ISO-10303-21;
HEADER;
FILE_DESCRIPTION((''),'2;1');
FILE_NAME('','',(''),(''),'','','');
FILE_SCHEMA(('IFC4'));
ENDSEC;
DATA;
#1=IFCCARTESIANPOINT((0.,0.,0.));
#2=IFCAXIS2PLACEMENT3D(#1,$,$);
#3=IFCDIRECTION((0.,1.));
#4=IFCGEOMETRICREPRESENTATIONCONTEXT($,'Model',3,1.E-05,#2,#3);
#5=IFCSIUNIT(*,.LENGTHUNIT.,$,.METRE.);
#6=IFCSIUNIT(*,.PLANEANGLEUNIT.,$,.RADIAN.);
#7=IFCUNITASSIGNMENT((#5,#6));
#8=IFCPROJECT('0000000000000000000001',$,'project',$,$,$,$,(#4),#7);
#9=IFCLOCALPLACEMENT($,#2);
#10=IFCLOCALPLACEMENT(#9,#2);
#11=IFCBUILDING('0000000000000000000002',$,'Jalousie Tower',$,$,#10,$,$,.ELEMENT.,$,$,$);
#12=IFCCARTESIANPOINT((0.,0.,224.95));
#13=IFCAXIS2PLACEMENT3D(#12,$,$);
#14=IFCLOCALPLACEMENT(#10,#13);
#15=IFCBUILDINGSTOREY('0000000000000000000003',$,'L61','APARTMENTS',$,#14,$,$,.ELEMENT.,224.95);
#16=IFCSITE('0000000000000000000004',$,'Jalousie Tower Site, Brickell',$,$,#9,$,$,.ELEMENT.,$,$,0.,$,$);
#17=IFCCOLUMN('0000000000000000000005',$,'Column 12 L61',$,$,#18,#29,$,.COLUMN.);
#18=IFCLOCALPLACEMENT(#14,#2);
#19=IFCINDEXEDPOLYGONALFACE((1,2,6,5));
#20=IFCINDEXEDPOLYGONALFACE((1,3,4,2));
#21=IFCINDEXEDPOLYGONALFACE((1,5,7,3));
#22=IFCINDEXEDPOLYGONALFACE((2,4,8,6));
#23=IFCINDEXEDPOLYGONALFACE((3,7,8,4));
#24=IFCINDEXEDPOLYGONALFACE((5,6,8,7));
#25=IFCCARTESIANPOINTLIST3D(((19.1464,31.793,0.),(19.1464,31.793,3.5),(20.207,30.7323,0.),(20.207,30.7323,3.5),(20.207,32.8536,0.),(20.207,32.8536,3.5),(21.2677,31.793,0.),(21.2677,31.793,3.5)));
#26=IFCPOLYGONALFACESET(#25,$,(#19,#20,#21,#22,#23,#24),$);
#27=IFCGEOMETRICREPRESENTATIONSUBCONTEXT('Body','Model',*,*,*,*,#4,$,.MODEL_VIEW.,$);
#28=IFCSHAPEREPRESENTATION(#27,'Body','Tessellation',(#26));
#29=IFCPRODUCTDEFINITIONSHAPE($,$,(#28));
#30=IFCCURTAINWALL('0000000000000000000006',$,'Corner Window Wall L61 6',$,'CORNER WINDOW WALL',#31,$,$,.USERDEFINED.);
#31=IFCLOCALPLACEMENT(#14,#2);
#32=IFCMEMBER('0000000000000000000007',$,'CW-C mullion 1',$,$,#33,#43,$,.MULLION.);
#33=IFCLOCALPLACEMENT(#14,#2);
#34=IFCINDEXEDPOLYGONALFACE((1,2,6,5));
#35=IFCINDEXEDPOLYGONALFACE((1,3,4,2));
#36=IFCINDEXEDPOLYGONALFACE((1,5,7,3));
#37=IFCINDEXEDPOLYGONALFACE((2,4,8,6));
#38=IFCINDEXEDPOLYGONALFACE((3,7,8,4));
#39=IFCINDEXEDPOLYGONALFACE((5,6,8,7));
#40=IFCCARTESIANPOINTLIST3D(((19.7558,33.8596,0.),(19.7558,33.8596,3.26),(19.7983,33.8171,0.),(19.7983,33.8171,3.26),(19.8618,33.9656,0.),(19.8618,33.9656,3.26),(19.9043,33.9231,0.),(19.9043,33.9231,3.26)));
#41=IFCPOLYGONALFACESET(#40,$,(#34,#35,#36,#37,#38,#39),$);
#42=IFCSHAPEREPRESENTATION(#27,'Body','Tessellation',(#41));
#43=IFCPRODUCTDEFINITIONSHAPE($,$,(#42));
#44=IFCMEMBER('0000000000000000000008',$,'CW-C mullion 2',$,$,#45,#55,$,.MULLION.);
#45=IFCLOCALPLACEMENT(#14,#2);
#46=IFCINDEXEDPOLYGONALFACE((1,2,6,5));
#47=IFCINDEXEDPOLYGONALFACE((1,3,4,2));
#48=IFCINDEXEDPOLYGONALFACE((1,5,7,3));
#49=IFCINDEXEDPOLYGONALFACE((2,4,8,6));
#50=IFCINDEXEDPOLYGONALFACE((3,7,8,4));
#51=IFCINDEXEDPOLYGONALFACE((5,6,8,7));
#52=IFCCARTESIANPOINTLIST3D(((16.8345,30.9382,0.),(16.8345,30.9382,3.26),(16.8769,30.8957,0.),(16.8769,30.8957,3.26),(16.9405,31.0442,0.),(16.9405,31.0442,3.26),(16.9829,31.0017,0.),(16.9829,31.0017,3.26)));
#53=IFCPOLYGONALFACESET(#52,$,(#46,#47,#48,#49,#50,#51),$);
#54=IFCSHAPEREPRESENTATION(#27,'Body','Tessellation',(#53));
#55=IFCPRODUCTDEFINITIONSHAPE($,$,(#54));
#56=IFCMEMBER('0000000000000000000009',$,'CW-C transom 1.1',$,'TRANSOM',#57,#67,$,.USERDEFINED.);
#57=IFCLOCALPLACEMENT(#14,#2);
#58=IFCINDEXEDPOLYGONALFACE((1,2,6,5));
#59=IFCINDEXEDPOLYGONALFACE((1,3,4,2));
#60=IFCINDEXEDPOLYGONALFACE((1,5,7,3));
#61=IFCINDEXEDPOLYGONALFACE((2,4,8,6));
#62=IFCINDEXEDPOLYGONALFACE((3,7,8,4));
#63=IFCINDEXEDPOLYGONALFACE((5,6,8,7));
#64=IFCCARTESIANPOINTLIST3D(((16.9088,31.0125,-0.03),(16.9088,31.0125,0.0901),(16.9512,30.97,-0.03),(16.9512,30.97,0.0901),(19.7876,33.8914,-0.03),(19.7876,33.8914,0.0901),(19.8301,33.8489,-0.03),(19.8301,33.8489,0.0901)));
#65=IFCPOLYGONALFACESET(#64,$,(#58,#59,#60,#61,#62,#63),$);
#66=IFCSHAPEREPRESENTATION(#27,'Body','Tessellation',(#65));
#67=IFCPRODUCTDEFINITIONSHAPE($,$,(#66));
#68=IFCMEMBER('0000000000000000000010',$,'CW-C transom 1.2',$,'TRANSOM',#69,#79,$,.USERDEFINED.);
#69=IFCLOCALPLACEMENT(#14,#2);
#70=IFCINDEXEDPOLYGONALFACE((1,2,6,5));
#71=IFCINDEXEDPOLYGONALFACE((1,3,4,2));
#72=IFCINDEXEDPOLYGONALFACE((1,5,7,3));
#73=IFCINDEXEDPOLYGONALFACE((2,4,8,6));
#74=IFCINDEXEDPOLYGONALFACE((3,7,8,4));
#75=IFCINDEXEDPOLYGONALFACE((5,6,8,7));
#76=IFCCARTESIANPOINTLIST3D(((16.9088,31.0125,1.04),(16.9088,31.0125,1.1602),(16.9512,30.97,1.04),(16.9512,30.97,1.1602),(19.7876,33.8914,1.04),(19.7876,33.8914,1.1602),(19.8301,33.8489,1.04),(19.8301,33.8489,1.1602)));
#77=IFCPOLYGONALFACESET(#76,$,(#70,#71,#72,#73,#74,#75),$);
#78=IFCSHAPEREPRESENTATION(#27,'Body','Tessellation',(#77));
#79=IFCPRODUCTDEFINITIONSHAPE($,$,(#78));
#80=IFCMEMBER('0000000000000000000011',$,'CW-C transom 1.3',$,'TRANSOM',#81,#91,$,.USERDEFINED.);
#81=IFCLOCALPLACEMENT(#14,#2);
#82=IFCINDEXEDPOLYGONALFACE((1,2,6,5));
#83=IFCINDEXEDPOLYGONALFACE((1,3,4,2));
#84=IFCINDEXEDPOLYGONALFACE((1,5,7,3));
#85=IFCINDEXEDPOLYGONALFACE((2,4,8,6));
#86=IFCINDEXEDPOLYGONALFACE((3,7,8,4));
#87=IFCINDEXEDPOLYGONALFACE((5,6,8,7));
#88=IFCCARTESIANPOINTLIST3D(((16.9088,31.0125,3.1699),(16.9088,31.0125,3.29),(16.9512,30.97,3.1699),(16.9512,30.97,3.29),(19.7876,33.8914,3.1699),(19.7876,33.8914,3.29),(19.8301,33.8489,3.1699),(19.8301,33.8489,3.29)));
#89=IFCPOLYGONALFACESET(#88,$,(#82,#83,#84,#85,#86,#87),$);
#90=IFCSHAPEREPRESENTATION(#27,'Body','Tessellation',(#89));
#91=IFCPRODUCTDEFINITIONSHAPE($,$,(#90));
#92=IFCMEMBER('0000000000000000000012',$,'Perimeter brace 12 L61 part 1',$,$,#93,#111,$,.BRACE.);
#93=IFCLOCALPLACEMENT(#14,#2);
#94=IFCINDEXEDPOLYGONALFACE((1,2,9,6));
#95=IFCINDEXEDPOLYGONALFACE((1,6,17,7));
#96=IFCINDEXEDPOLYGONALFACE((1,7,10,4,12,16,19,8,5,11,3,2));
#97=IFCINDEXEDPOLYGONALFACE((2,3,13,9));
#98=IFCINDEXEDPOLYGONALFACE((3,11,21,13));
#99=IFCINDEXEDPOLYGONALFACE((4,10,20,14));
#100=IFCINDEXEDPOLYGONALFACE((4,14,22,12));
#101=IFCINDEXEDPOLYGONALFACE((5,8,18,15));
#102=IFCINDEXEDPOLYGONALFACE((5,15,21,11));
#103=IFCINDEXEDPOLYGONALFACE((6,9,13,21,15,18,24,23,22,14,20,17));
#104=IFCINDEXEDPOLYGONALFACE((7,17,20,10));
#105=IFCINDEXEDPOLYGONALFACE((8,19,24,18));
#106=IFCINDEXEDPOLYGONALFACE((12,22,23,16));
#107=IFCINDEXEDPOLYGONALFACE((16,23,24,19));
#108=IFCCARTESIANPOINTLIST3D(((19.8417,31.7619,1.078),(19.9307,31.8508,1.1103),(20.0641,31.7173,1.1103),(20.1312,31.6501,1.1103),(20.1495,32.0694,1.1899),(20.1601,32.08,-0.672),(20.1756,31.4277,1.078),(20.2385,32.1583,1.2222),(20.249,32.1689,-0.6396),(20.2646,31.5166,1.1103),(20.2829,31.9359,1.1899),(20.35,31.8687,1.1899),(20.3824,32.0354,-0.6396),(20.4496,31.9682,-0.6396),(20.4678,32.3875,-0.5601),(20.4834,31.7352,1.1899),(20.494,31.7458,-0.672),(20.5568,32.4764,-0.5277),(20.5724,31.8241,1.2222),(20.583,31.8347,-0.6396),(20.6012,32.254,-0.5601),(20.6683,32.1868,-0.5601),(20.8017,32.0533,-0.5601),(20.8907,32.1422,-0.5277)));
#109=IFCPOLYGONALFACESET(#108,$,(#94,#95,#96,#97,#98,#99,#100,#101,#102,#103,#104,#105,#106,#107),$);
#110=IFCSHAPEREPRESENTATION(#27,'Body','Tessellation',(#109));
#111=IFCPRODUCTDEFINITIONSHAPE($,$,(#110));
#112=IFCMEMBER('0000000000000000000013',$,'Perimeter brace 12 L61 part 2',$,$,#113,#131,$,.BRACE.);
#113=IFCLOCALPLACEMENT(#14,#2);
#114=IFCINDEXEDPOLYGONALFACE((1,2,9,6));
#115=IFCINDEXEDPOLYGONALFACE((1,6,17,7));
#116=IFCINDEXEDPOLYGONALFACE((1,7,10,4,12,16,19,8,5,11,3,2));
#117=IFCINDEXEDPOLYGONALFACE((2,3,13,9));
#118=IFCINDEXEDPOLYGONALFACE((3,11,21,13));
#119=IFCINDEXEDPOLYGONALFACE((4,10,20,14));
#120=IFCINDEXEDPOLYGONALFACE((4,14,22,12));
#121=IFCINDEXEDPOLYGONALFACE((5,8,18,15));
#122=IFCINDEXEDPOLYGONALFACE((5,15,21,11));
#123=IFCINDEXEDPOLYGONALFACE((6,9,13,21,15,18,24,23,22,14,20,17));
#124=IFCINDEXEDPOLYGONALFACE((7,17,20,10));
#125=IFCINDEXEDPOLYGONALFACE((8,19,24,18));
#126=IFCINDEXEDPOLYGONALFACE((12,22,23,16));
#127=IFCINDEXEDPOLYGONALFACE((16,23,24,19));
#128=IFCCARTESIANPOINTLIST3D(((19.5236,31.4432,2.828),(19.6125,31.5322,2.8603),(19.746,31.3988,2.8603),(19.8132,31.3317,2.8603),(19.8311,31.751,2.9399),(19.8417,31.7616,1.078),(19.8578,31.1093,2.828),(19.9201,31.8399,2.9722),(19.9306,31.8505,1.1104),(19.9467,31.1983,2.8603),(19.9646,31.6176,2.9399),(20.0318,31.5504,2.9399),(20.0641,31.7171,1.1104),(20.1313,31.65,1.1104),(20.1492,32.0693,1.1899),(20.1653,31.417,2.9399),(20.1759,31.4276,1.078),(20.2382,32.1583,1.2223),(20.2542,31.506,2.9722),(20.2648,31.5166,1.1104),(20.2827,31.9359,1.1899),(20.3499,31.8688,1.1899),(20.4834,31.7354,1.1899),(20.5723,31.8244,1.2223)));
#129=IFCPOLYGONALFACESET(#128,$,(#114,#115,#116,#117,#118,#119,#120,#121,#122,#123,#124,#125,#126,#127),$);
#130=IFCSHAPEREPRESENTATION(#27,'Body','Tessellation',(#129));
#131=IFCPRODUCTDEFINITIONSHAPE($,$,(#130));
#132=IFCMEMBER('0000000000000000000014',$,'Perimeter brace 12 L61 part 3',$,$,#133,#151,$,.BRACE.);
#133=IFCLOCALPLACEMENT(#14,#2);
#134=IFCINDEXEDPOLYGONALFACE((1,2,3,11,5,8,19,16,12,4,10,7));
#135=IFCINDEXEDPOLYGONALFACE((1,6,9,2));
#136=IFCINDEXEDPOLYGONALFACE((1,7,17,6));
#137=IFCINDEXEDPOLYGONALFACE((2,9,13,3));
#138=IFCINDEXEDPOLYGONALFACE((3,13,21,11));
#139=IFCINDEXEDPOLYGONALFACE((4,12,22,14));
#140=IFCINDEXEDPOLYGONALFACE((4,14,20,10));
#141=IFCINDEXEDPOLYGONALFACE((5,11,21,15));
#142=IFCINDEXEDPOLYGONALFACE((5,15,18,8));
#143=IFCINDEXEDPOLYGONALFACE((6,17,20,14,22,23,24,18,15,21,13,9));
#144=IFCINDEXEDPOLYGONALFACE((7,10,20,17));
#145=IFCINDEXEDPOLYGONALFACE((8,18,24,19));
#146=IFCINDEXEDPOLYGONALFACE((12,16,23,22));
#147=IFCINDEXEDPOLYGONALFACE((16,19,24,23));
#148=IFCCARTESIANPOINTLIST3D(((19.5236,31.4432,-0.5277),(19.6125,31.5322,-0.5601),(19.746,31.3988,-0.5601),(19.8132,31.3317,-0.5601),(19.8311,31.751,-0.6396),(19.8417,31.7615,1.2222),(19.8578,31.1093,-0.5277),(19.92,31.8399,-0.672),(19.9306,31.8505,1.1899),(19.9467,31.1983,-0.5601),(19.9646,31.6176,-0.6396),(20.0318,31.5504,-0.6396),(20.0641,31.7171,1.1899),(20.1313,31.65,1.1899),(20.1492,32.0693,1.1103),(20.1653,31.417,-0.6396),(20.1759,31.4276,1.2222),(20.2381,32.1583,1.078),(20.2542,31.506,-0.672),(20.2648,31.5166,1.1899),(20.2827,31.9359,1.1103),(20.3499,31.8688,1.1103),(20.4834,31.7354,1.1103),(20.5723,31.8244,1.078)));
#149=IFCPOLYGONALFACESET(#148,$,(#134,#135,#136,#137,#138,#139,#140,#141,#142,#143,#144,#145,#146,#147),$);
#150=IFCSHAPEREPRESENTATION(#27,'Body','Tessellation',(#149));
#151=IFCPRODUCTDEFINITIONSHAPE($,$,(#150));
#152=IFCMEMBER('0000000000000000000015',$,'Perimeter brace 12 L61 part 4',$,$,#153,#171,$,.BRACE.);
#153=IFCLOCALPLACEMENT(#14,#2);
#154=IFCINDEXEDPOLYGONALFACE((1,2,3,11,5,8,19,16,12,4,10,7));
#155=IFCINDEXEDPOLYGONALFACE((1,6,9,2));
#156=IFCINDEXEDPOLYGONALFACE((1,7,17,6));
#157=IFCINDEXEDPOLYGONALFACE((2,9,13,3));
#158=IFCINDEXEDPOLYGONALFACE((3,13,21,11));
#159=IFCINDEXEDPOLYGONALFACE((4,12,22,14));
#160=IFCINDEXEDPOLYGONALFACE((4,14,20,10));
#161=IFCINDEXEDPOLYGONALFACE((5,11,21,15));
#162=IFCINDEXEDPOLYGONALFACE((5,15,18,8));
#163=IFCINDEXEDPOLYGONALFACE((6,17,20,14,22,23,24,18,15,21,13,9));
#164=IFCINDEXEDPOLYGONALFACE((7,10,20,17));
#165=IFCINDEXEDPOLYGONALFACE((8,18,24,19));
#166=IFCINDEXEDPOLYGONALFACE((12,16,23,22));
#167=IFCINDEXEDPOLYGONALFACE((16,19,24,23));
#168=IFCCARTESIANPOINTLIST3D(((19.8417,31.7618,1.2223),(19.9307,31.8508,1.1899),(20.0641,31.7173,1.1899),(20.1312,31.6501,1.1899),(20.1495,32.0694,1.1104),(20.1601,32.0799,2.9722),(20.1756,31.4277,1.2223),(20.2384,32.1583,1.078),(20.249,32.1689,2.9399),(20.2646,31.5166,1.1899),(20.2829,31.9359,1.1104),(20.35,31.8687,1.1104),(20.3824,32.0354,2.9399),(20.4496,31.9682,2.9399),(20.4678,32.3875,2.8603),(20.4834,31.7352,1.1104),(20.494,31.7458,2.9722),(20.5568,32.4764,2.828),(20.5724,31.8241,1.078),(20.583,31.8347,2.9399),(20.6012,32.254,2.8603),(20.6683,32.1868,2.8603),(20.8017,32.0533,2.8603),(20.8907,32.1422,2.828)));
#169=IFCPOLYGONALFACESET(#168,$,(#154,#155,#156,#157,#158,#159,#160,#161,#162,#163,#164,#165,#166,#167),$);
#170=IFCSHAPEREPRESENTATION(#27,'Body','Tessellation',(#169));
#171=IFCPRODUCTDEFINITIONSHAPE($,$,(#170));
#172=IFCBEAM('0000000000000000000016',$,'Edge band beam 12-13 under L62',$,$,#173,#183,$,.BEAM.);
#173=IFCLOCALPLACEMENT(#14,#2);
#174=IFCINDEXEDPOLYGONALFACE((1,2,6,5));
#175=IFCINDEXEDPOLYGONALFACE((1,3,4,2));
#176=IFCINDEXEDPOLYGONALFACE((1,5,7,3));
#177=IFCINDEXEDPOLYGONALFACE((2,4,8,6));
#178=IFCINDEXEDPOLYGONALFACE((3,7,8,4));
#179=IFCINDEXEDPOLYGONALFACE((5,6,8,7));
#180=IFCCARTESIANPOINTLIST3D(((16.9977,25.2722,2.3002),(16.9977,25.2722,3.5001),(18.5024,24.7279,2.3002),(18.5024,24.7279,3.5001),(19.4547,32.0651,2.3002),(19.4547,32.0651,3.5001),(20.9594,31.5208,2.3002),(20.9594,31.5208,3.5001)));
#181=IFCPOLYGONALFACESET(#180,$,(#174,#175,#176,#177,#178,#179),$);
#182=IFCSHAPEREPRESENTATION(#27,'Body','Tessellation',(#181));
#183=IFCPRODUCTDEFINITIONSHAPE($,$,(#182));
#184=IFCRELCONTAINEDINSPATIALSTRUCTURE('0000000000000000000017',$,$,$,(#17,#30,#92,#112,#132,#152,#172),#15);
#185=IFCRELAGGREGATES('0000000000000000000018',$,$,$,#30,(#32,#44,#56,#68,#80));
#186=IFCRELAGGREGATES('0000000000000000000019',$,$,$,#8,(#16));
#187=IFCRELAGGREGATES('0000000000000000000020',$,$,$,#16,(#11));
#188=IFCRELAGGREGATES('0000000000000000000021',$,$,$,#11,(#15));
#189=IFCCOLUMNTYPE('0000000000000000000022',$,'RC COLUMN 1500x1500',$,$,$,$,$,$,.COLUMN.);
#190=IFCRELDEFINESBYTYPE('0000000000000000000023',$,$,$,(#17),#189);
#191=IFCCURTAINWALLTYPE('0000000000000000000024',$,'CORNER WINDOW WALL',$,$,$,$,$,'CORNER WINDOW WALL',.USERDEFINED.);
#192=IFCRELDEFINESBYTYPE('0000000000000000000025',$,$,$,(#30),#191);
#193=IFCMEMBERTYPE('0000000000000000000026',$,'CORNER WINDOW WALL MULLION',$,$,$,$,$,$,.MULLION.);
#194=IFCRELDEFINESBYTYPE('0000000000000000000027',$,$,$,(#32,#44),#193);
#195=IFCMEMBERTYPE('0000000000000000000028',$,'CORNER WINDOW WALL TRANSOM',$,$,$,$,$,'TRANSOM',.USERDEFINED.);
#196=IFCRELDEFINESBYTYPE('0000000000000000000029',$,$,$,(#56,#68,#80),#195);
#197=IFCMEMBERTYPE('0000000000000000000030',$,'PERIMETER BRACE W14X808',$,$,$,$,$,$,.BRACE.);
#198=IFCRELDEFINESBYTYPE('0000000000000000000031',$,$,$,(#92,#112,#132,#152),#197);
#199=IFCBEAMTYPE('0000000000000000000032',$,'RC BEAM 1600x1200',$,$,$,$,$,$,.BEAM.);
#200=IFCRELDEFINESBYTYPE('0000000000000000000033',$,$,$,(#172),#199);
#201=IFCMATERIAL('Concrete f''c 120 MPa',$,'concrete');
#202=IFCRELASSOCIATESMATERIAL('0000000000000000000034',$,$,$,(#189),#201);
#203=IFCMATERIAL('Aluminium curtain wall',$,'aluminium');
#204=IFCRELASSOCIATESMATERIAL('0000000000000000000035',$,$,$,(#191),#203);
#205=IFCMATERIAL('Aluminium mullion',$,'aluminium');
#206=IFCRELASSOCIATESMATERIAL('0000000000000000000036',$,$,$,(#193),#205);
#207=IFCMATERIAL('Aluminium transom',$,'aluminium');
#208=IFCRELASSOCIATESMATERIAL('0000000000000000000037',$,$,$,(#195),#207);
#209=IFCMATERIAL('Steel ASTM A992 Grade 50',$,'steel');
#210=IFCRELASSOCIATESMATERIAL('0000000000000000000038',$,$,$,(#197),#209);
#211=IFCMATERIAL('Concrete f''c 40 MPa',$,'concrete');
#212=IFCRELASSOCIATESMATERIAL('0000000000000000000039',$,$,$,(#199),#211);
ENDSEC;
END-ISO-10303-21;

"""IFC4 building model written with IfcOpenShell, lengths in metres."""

from ifc_helpers import new_model, si_unit, direction, frame, origin, origin_2d, place, context, subcontext, project, spatial, rectangle, i_section, extrude, material, material_profile, profile_set, type_object, element, aggregate, save


model = new_model("IFC4")

# Units and contexts
model_context = context("Model", 3, precision=1e-05, world=origin(), true_north=direction((0.0, 1.0)))
body_context = subcontext(model_context, "Body", "Model", "MODEL_VIEW")
ifc_project = project(units=[si_unit("LENGTHUNIT", "METRE"), si_unit("PLANEANGLEUNIT", "RADIAN")], contexts=[model_context])

# Site, building, storey
site_placement = place(None, origin())
site = spatial("IfcSite", under=ifc_project, at=site_placement, Name="Jalousie Tower Site, Brickell", CompositionType="ELEMENT", RefElevation=0.0)
building_placement = place(site_placement, origin())
building = spatial("IfcBuilding", under=site, at=building_placement, Name="Jalousie Tower", CompositionType="ELEMENT")
storey_placement = place(building_placement, frame((0.0, 0.0, 224.95)))
storey = spatial("IfcBuildingStorey", under=building, at=storey_placement, Name="L61", Description="APARTMENTS", CompositionType="ELEMENT", Elevation=224.95)

# Column
ifc_material_1 = material(Name="Concrete f'c 120 MPa", Category="concrete")
ifc_material_profile_1 = material_profile(ifc_material_1, rectangle(XDim=1.5, YDim=1.5, at=origin_2d()), Name="RC 1500x1500")
ifc_profile_set_1 = profile_set([ifc_material_profile_1], Name="Concrete f'c 120 MPa")
column_type = type_object("IfcColumnType", Name="RC COLUMN 1500x1500", PredefinedType="COLUMN", material=ifc_profile_set_1)
column_placement = place(storey_placement, frame((20.207, 31.793, 0.0), z_axis=(0.0, 0.0, 1.0), x_axis=(0.707107, 0.707107, 0.0)))
element("IfcColumn", 1, at=column_placement, inside=storey, type_object=column_type, Name="Column 12 L61", PredefinedType="COLUMN", context=body_context, shape_type="SweptSolid", body=[
    extrude(rectangle(XDim=1.5, YDim=1.5, at=origin_2d()), origin(), (0.0, 0.0, 1.0), 3.5),
])

# Curtain wall, members
ifc_material_2 = material(Name="Aluminium curtain wall", Category="aluminium")
curtain_wall_type_1 = type_object("IfcCurtainWallType", Name="CORNER WINDOW WALL", ElementType="CORNER WINDOW WALL", PredefinedType="USERDEFINED", material=ifc_material_2)
curtain_wall_1_placement = place(storey_placement, origin())
curtain_wall_1 = element("IfcCurtainWall", 2, at=curtain_wall_1_placement, inside=storey, type_object=curtain_wall_type_1, Name="Corner Window Wall L61 6", ObjectType="CORNER WINDOW WALL", PredefinedType="USERDEFINED")
ifc_material_3 = material(Name="Aluminium mullion", Category="aluminium")
ifc_material_profile_2 = material_profile(ifc_material_3, rectangle(XDim=0.0601, YDim=0.1499, at=origin_2d()), Name="MULLION 60x150")
ifc_profile_set_2 = profile_set([ifc_material_profile_2], Name="Aluminium mullion")
member_type_1 = type_object("IfcMemberType", Name="CORNER WINDOW WALL MULLION", PredefinedType="MULLION", material=ifc_profile_set_2)
member_1_placement = place(storey_placement, frame((19.8301, 33.8914, 0.0), z_axis=(0.0, 0.0, 1.0), x_axis=(0.707107, -0.707107, 0.0)))
member_1 = element("IfcMember", 3, at=member_1_placement, type_object=member_type_1, Name="CW-C mullion 1", PredefinedType="MULLION", context=body_context, shape_type="SweptSolid", body=[
    extrude(rectangle(XDim=0.0601, YDim=0.1499, at=origin_2d()), origin(), (0.0, 0.0, 1.0), 3.26),
])
member_2_placement = place(storey_placement, frame((16.9087, 30.97, 0.0), z_axis=(0.0, 0.0, 1.0), x_axis=(0.707107, -0.707107, 0.0)))
member_2 = element("IfcMember", 4, at=member_2_placement, type_object=member_type_1, Name="CW-C mullion 2", PredefinedType="MULLION", context=body_context, shape_type="SweptSolid", body=[
    extrude(rectangle(XDim=0.0601, YDim=0.1499, at=origin_2d()), origin(), (0.0, 0.0, 1.0), 3.26),
])
ifc_material_4 = material(Name="Aluminium transom", Category="aluminium")
ifc_material_profile_3 = material_profile(ifc_material_4, rectangle(XDim=0.0601, YDim=0.1201, at=origin_2d()), Name="TRANSOM 60x120")
ifc_profile_set_3 = profile_set([ifc_material_profile_3], Name="Aluminium transom")
member_type_2 = type_object("IfcMemberType", Name="CORNER WINDOW WALL TRANSOM", ElementType="TRANSOM", PredefinedType="USERDEFINED", material=ifc_profile_set_3)
member_3_placement = place(storey_placement, frame((19.8088, 33.8701, 0.03), z_axis=(-0.707107, -0.707107, 0.0), x_axis=(0.707107, -0.707107, 0.0)))
member_3 = element("IfcMember", 5, at=member_3_placement, type_object=member_type_2, Name="CW-C transom 1.1", ObjectType="TRANSOM", PredefinedType="USERDEFINED", context=body_context, shape_type="SweptSolid", body=[
    extrude(rectangle(XDim=0.0601, YDim=0.1201, at=origin_2d()), origin(), (0.0, 0.0, 1.0), 4.0713),
])
member_4_placement = place(storey_placement, frame((19.8088, 33.8701, 1.1001), z_axis=(-0.707107, -0.707107, 0.0), x_axis=(0.707107, -0.707107, 0.0)))
member_4 = element("IfcMember", 6, at=member_4_placement, type_object=member_type_2, Name="CW-C transom 1.2", ObjectType="TRANSOM", PredefinedType="USERDEFINED", context=body_context, shape_type="SweptSolid", body=[
    extrude(rectangle(XDim=0.0601, YDim=0.1201, at=origin_2d()), origin(), (0.0, 0.0, 1.0), 4.0713),
])
member_5_placement = place(storey_placement, frame((19.8088, 33.8701, 3.23), z_axis=(-0.707107, -0.707107, 0.0), x_axis=(0.707107, -0.707107, 0.0)))
member_5 = element("IfcMember", 7, at=member_5_placement, type_object=member_type_2, Name="CW-C transom 1.3", ObjectType="TRANSOM", PredefinedType="USERDEFINED", context=body_context, shape_type="SweptSolid", body=[
    extrude(rectangle(XDim=0.0601, YDim=0.1201, at=origin_2d()), origin(), (0.0, 0.0, 1.0), 4.0713),
])

# Members
ifc_material_5 = material(Name="Steel ASTM A992 Grade 50", Category="steel")
ifc_material_profile_4 = material_profile(ifc_material_5, i_section(OverallWidth=0.4724, OverallDepth=0.5791, WebThickness=0.095, FlangeThickness=0.1299, at=origin_2d()), Name="W14X808")
ifc_profile_set_4 = profile_set([ifc_material_profile_4], Name="Steel ASTM A992 Grade 50")
member_type_3 = type_object("IfcMemberType", Name="PERIMETER BRACE W14X808", PredefinedType="BRACE", material=ifc_profile_set_4)
for number, where, z_axis, x_axis, name in (
    (8, (20.5254, 32.1111, -0.5999), (-0.176187, -0.176051, 0.968486), (0.706835, -0.707378, 0.0), "Perimeter brace 12 L61 part 1"),
    (9, (20.207, 31.793, 1.1501), (-0.176051, -0.176187, 0.968486), (0.707378, -0.706835, 0.0), "Perimeter brace 12 L61 part 2"),
    (10, (19.8889, 31.4746, -0.5999), (0.176051, 0.176187, 0.968486), (-0.707378, 0.706835, 0.0), "Perimeter brace 12 L61 part 3"),
    (11, (20.207, 31.793, 1.1501), (0.176187, 0.176051, 0.968486), (-0.706835, 0.707378, 0.0), "Perimeter brace 12 L61 part 4"),
):
    element("IfcMember", number, at=place(storey_placement, frame(where, z_axis=z_axis, x_axis=x_axis)), inside=storey, type_object=member_type_3, Name=name, PredefinedType="BRACE", context=body_context, shape_type="SweptSolid", body=[
        extrude(i_section(OverallWidth=0.4724, OverallDepth=0.5791, WebThickness=0.095, FlangeThickness=0.1299, at=origin_2d()), origin(), (0.0, 0.0, 1.0), 1.8069),
    ])

# Beam
ifc_material_6 = material(Name="Concrete f'c 40 MPa", Category="concrete")
ifc_material_profile_5 = material_profile(ifc_material_6, rectangle(XDim=1.6001, YDim=1.2, at=origin_2d()), Name="RC 1600x1200")
ifc_profile_set_5 = profile_set([ifc_material_profile_5], Name="Concrete f'c 40 MPa")
beam_type = type_object("IfcBeamType", Name="RC BEAM 1600x1200", PredefinedType="BEAM", material=ifc_profile_set_5)
beam_placement = place(storey_placement, frame((20.207, 31.793, 2.9001), z_axis=(-0.340136, -0.940376, 0.0), x_axis=(0.940376, -0.340136, 0.0)))
element("IfcBeam", 12, at=beam_placement, inside=storey, type_object=beam_type, Name="Edge band beam 12-13 under L62", PredefinedType="BEAM", context=body_context, shape_type="SweptSolid", body=[
    extrude(rectangle(XDim=1.6001, YDim=1.2, at=origin_2d()), origin(), (0.0, 0.0, 1.0), 7.2236),
])

aggregate(curtain_wall_1, [member_1, member_2, member_3, member_4, member_5])

save(model, "model.ifc")
